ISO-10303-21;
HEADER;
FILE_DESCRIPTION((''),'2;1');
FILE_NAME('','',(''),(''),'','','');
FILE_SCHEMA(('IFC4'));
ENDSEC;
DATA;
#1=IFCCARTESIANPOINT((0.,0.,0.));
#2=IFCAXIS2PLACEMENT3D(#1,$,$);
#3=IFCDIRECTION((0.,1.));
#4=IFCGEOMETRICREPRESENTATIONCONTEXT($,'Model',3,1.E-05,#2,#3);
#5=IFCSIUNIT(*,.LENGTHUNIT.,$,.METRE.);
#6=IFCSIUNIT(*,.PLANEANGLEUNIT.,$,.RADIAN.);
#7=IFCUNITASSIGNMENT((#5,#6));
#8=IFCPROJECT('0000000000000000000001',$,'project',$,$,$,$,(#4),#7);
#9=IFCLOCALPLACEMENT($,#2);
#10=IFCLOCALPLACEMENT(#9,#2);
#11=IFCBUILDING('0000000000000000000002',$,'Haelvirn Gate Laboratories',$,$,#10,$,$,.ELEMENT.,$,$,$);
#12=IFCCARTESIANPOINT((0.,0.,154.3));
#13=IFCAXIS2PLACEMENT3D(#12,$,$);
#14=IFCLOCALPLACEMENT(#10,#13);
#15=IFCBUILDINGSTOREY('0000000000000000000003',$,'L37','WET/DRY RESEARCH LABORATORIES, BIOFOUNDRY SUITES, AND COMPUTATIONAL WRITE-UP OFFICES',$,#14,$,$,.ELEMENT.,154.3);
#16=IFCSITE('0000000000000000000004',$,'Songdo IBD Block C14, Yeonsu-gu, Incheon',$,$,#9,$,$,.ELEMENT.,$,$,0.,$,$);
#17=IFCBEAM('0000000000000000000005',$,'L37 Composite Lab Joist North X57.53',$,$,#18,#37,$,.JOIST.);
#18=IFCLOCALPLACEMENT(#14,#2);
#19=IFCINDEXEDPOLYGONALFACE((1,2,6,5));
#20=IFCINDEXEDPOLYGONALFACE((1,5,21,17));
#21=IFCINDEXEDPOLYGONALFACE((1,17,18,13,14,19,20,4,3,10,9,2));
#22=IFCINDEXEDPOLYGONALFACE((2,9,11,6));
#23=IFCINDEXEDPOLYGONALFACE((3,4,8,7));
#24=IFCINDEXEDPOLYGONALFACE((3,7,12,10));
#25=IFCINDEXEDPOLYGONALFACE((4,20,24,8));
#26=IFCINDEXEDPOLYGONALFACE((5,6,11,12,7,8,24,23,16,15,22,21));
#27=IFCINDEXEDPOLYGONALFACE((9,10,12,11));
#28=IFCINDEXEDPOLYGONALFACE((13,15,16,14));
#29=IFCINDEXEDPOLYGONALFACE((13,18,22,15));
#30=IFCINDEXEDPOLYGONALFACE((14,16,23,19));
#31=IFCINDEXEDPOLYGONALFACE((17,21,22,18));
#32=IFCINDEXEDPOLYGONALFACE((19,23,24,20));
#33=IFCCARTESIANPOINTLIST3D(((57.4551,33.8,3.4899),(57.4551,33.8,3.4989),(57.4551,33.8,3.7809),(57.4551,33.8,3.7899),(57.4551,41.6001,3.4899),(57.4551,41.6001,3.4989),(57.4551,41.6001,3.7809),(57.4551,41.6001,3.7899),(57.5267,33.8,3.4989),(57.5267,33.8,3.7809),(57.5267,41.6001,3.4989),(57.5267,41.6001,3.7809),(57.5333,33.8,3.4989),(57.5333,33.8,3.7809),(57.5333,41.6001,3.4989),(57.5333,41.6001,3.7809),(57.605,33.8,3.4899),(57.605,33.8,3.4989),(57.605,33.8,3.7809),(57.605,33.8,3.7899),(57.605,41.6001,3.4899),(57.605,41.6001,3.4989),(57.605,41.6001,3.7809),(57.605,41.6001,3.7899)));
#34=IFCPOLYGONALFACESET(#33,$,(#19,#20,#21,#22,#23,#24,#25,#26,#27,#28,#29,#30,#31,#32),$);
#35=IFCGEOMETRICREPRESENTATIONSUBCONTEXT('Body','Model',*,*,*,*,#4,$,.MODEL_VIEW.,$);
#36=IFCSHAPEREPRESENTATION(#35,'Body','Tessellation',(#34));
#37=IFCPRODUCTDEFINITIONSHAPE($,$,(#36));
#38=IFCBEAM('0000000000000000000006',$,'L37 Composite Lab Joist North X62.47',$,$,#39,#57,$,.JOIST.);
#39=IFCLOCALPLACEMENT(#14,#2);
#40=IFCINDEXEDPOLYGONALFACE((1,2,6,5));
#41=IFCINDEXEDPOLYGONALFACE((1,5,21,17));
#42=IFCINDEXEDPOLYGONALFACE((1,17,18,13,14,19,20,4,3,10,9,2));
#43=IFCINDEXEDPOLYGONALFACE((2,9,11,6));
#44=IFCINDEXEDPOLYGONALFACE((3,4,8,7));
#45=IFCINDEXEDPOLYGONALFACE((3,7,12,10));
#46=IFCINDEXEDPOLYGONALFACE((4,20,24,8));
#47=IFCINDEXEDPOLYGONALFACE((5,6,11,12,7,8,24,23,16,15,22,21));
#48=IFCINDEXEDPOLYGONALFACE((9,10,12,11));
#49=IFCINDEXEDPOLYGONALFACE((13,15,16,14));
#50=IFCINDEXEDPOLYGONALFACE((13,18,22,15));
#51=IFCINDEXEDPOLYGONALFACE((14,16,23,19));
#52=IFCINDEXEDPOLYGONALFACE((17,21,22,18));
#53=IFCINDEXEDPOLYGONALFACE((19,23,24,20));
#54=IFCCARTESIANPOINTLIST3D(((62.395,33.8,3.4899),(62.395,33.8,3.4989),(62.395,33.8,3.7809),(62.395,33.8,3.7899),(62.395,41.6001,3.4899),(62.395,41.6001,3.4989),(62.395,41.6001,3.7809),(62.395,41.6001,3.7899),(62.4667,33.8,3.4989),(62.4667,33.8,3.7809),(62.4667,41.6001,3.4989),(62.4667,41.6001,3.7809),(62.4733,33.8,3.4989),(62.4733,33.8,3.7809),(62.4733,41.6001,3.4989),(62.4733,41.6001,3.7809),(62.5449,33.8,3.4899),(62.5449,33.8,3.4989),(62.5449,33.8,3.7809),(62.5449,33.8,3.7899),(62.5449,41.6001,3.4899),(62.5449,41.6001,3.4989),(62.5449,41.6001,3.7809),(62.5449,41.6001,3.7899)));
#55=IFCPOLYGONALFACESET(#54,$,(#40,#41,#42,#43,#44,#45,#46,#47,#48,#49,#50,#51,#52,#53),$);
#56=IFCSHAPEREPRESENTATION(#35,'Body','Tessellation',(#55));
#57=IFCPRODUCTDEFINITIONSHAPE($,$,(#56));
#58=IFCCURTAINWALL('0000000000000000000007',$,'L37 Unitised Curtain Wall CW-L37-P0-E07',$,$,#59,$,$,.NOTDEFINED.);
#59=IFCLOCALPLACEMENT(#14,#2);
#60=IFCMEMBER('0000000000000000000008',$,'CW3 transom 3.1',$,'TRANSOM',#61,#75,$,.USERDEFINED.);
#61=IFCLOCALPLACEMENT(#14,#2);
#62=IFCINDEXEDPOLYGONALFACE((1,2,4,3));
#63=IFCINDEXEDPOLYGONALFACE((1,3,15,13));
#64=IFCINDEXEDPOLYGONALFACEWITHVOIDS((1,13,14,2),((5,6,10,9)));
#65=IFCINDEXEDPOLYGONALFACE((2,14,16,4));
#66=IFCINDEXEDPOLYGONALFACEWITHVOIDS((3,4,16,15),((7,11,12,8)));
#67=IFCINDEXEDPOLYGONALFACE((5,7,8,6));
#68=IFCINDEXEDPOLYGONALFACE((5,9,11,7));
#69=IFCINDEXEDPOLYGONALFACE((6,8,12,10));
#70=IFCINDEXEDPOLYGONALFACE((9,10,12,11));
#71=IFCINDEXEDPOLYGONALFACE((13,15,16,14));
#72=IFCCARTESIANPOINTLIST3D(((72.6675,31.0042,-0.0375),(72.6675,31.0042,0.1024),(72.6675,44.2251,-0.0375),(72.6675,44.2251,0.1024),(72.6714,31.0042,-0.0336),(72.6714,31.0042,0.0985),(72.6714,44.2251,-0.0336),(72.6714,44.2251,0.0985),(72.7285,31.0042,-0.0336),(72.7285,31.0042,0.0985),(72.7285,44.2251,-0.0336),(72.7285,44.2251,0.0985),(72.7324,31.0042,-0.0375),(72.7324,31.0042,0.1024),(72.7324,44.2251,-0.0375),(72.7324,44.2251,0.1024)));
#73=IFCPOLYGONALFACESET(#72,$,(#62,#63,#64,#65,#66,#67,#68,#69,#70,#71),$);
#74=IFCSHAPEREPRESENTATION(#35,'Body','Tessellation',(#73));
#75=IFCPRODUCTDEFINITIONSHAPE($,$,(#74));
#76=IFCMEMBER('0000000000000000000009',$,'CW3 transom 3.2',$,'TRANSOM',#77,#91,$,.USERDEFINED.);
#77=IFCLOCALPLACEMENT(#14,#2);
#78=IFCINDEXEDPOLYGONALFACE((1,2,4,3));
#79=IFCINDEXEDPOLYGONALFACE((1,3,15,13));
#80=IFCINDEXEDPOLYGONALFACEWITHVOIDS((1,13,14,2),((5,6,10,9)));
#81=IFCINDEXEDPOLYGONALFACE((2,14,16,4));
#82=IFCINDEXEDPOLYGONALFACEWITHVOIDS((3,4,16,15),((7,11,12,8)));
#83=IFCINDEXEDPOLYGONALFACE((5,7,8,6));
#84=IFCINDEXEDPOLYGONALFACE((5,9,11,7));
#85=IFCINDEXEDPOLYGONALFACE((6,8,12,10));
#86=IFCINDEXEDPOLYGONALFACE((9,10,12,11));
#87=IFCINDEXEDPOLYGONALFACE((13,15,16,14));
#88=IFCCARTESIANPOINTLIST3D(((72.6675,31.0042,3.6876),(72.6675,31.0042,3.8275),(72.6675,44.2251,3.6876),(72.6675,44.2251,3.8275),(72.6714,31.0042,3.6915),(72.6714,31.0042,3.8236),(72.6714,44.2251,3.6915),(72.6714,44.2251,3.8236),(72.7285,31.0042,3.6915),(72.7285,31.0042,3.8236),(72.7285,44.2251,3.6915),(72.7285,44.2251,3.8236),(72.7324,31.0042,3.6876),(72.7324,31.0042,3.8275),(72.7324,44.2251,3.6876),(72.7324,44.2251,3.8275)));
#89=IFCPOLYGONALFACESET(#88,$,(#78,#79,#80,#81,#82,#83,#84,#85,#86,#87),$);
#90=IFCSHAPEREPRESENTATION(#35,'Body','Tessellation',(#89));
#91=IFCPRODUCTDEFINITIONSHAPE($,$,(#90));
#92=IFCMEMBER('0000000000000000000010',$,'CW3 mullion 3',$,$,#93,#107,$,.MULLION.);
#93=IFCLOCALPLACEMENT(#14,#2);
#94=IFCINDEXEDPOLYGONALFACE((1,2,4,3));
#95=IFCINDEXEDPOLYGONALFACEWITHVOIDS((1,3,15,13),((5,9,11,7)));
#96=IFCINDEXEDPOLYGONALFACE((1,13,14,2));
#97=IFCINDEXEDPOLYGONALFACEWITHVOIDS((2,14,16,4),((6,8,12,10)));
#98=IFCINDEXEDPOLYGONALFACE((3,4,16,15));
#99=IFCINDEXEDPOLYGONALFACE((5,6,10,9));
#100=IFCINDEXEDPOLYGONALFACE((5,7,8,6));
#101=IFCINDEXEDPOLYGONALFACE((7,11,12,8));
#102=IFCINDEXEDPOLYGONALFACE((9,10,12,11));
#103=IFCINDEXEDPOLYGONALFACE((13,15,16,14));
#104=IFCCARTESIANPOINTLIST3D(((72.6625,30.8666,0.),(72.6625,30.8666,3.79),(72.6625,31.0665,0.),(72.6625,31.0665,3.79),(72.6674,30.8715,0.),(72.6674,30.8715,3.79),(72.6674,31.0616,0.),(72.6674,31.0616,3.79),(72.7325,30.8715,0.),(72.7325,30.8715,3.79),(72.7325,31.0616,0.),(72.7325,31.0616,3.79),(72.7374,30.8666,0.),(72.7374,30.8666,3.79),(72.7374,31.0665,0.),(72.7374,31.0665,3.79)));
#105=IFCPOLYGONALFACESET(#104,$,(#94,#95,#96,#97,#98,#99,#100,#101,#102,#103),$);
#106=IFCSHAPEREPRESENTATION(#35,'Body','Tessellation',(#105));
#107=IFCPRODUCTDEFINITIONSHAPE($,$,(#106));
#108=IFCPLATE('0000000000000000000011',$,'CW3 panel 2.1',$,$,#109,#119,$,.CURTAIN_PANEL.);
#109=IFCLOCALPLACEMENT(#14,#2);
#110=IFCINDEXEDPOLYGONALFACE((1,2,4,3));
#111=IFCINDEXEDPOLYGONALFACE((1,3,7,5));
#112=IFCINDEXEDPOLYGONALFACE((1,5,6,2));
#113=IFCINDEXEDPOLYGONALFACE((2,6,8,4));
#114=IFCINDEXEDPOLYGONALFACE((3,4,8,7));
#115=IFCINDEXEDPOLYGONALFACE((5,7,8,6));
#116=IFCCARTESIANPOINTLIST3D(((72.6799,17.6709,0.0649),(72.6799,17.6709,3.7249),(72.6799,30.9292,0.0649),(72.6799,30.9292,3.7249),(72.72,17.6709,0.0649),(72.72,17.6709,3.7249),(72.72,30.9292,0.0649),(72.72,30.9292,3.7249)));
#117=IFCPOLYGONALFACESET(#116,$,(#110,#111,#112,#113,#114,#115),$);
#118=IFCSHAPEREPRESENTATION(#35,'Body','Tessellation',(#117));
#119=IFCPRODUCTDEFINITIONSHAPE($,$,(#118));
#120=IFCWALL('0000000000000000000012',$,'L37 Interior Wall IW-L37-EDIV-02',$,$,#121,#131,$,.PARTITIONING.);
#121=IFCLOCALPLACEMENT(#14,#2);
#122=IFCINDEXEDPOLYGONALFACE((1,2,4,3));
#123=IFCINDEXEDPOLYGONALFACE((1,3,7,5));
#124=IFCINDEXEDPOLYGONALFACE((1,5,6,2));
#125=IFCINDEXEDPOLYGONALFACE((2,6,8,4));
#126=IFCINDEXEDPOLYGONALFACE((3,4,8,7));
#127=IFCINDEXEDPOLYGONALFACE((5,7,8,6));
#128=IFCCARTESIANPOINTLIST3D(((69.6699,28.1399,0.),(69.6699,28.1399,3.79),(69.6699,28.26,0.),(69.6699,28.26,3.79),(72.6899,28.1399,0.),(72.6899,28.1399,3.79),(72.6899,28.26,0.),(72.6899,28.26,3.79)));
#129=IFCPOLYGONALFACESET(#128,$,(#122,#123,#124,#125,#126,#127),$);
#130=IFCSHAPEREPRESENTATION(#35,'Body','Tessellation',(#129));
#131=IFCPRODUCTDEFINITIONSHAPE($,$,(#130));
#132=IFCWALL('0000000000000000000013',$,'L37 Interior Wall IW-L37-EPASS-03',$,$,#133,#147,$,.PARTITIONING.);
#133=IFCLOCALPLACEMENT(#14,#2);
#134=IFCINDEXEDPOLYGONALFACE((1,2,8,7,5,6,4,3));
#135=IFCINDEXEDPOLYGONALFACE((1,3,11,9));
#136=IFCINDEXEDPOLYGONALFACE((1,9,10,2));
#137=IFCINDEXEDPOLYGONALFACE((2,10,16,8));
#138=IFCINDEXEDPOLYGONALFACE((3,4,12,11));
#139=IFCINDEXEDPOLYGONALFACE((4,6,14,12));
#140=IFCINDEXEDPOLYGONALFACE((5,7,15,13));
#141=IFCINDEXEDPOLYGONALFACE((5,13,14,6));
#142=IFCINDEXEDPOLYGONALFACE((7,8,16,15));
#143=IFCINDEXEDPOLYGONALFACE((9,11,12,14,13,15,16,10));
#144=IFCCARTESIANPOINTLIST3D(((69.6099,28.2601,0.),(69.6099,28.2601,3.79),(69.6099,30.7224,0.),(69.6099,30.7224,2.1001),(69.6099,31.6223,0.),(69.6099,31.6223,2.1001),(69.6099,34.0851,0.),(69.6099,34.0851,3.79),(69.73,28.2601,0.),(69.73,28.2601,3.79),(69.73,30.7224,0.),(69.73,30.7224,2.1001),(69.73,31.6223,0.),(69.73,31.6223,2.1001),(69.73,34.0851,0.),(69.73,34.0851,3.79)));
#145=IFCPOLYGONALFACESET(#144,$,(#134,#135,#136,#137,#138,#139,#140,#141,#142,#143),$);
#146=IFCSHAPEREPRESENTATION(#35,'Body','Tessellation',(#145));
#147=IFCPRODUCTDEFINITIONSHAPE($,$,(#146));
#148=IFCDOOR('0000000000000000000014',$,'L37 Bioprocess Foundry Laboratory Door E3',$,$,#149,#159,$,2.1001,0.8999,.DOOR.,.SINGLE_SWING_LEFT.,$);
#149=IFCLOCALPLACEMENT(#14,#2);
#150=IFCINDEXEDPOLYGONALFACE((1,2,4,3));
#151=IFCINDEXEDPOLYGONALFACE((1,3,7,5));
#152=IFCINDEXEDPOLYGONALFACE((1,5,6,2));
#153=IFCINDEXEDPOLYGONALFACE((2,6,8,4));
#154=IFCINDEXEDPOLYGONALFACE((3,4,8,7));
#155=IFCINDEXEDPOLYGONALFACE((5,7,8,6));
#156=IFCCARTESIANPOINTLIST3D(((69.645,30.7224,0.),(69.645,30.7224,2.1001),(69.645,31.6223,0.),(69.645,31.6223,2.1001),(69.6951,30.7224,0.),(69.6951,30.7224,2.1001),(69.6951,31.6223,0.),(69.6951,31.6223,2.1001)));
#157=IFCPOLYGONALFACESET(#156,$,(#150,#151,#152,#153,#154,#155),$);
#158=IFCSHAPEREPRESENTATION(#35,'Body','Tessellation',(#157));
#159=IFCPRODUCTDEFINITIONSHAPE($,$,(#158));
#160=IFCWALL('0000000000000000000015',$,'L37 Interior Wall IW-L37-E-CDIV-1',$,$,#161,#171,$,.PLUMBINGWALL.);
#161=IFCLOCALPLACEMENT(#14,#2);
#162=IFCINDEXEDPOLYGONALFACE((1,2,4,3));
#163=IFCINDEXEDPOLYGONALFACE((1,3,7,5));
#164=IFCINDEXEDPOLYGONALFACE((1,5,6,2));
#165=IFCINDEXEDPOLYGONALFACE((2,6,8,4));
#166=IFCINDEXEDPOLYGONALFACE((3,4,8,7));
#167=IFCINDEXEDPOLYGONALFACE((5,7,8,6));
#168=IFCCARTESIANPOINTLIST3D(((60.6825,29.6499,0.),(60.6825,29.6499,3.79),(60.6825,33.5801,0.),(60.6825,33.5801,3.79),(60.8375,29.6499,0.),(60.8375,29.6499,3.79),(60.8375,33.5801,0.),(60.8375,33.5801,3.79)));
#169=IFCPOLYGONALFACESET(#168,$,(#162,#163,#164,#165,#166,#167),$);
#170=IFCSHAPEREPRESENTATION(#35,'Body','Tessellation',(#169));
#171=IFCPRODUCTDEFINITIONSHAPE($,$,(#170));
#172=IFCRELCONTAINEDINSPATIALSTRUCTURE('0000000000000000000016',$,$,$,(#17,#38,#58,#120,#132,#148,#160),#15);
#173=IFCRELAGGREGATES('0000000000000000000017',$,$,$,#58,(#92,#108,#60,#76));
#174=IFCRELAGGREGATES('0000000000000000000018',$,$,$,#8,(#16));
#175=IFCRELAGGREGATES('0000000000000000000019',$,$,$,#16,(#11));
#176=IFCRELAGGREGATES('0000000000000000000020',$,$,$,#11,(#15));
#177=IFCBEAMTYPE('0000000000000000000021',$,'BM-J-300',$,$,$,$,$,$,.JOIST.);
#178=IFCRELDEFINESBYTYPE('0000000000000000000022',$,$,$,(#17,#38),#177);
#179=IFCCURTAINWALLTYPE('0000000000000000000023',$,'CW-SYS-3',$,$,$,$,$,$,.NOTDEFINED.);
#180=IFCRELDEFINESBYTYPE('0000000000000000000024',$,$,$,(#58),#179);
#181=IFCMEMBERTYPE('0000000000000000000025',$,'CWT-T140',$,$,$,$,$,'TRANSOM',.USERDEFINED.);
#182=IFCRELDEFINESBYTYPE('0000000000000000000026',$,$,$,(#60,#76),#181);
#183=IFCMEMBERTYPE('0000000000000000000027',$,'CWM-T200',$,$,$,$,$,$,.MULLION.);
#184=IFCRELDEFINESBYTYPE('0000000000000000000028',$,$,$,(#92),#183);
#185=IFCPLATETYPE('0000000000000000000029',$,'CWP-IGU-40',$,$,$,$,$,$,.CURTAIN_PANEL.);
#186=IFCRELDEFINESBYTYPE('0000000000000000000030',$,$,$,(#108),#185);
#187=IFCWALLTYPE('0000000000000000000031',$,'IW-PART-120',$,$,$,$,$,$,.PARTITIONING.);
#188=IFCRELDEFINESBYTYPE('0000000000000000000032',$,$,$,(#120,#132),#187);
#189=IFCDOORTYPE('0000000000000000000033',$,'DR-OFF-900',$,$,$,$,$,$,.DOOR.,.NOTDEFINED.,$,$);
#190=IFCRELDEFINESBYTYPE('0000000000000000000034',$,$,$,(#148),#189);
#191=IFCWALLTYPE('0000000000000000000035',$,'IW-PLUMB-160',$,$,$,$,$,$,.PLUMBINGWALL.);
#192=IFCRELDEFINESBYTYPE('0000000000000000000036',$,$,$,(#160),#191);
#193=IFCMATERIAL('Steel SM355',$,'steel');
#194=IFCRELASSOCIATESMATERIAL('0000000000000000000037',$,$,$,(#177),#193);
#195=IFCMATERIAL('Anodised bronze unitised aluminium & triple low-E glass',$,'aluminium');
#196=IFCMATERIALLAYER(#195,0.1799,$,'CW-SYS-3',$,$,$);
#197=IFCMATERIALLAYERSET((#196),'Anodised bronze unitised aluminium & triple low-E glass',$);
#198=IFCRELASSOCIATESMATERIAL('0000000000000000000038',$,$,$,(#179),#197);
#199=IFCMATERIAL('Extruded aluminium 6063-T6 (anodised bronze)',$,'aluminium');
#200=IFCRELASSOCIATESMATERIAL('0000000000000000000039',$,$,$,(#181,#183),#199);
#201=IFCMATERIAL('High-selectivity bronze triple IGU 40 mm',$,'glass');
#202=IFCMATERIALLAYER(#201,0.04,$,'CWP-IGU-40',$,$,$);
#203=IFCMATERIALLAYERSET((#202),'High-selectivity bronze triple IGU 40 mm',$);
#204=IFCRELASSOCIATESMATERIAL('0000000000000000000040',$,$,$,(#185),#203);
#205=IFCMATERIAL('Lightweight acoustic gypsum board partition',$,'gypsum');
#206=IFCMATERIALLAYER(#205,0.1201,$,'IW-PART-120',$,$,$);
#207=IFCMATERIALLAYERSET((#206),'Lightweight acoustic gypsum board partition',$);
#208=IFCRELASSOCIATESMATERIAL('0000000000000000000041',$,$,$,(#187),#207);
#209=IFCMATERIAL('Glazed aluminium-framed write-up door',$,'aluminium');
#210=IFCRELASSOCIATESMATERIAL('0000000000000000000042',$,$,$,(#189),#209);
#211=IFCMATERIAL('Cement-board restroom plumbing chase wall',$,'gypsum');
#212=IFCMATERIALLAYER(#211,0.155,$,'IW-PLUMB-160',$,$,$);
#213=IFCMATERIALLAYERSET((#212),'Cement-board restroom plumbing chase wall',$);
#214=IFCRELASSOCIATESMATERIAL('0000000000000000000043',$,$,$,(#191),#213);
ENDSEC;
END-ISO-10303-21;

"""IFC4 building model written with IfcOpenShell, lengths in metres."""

from ifc_helpers import new_model, si_unit, direction, frame, frame_2d, origin, origin_2d, place, context, subcontext, project, spatial, rectangle, hollow_rectangle, i_section, extrude, source, transform, mapped, material, layer, layer_set, material_profile, profile_set, type_object, type_shapes, element, fill, aggregate, save


model = new_model("IFC4")

# Units and contexts
model_context = context("Model", 3, precision=1e-05, world=origin(), true_north=direction((0.0, 1.0)))
body_context = subcontext(model_context, "Body", "Model", "MODEL_VIEW")
ifc_project = project(units=[si_unit("LENGTHUNIT", "METRE"), si_unit("PLANEANGLEUNIT", "RADIAN")], contexts=[model_context])

# Site, building, storey
site_placement = place(None, origin())
site = spatial("IfcSite", under=ifc_project, at=site_placement, Name="Songdo IBD Block C14, Yeonsu-gu, Incheon", CompositionType="ELEMENT", RefElevation=0.0)
building_placement = place(site_placement, origin())
building = spatial("IfcBuilding", under=site, at=building_placement, Name="Haelvirn Gate Laboratories", CompositionType="ELEMENT")
storey_placement = place(building_placement, frame((0.0, 0.0, 154.3)))
storey = spatial("IfcBuildingStorey", under=building, at=storey_placement, Name="L37", Description="WET/DRY RESEARCH LABORATORIES, BIOFOUNDRY SUITES, AND COMPUTATIONAL WRITE-UP OFFICES", CompositionType="ELEMENT", Elevation=154.3)

# Beams
ifc_material_1 = material(Name="Steel SM355", Category="steel")
ifc_material_profile_1 = material_profile(ifc_material_1, i_section(OverallWidth=0.1499, OverallDepth=0.3, WebThickness=0.0066, FlangeThickness=0.009, at=origin_2d()), Name="H-300x150x6.5x9")
ifc_profile_set_1 = profile_set([ifc_material_profile_1], Name="Steel SM355")
beam_type = type_object("IfcBeamType", Name="BM-J-300", PredefinedType="JOIST", material=ifc_profile_set_1)
shared_shape_1 = source(origin(), body_context, "Body", "SweptSolid", [
    extrude(i_section(OverallWidth=0.1499, OverallDepth=0.3, WebThickness=0.0066, FlangeThickness=0.009, at=origin_2d()), origin(), (0.0, 0.0, 1.0), 7.8),
])
type_shapes(beam_type, [shared_shape_1])
for number, where, z_axis, x_axis, name in (
    (1, (57.53, 33.8, 3.6399), (0.0, 1.0, 0.0), (-1.0, 0.0, 0.0), "L37 Composite Lab Joist North X57.53"),
    (2, (62.47, 33.8, 3.6399), (0.0, 1.0, 0.0), (-1.0, 0.0, 0.0), "L37 Composite Lab Joist North X62.47"),
):
    element("IfcBeam", number, at=place(storey_placement, frame(where, z_axis=z_axis, x_axis=x_axis)), inside=storey, type_object=beam_type, Name=name, PredefinedType="JOIST", context=body_context, shape_type="MappedRepresentation", body=[
        mapped(shared_shape_1, transform((0.0, 0.0, 0.0), scale=1.0)),
    ])

# Curtain wall, members, plate
ifc_material_2 = material(Name="Anodised bronze unitised aluminium & triple low-E glass", Category="aluminium")
ifc_layer_1 = layer(ifc_material_2, 0.1799, Name="CW-SYS-3")
ifc_layer_set_1 = layer_set([ifc_layer_1], Name="Anodised bronze unitised aluminium & triple low-E glass")
curtain_wall_type = type_object("IfcCurtainWallType", Name="CW-SYS-3", PredefinedType="NOTDEFINED", material=ifc_layer_set_1)
curtain_wall_placement = place(storey_placement, origin())
curtain_wall = element("IfcCurtainWall", 3, at=curtain_wall_placement, inside=storey, type_object=curtain_wall_type, Name="L37 Unitised Curtain Wall CW-L37-P0-E07", PredefinedType="NOTDEFINED")
ifc_material_3 = material(Name="Extruded aluminium 6063-T6 (anodised bronze)", Category="aluminium")
ifc_material_profile_2 = material_profile(ifc_material_3, hollow_rectangle(XDim=0.0649, YDim=0.1399, WallThickness=0.0039, at=origin_2d()), Name="CWT-140x65x4")
ifc_profile_set_2 = profile_set([ifc_material_profile_2], Name="Extruded aluminium 6063-T6 (anodised bronze)")
member_type_1 = type_object("IfcMemberType", Name="CWT-T140", ElementType="TRANSOM", PredefinedType="USERDEFINED", material=ifc_profile_set_2)
shared_shape_2 = source(origin(), body_context, "Body", "SweptSolid", [
    extrude(hollow_rectangle(XDim=0.0649, YDim=0.1399, WallThickness=0.0039, at=origin_2d()), origin(), (0.0, 0.0, 1.0), 13.2209),
])
type_shapes(member_type_1, [shared_shape_2])
member_1_placement = place(storey_placement, frame((72.7, 31.0042, 0.0325), z_axis=(0.0, 1.0, 0.0), x_axis=(-1.0, 0.0, 0.0)))
member_1 = element("IfcMember", 4, at=member_1_placement, type_object=member_type_1, Name="CW3 transom 3.1", ObjectType="TRANSOM", PredefinedType="USERDEFINED", context=body_context, shape_type="MappedRepresentation", body=[
    mapped(shared_shape_2, transform((0.0, 0.0, 0.0), scale=1.0)),
])
member_2_placement = place(storey_placement, frame((72.7, 31.0042, 3.7576), z_axis=(0.0, 1.0, 0.0), x_axis=(-1.0, 0.0, 0.0)))
member_2 = element("IfcMember", 5, at=member_2_placement, type_object=member_type_1, Name="CW3 transom 3.2", ObjectType="TRANSOM", PredefinedType="USERDEFINED", context=body_context, shape_type="MappedRepresentation", body=[
    mapped(shared_shape_2, transform((0.0, 0.0, 0.0), scale=1.0)),
])
ifc_material_profile_3 = material_profile(ifc_material_3, hollow_rectangle(XDim=0.075, YDim=0.2, WallThickness=0.0049, at=origin_2d()), Name="CWM-200x75x5")
ifc_profile_set_3 = profile_set([ifc_material_profile_3], Name="Extruded aluminium 6063-T6 (anodised bronze)")
member_type_2 = type_object("IfcMemberType", Name="CWM-T200", PredefinedType="MULLION", material=ifc_profile_set_3)
shared_shape_3 = source(origin(), body_context, "Body", "SweptSolid", [
    extrude(hollow_rectangle(XDim=0.075, YDim=0.2, WallThickness=0.0049, at=origin_2d()), origin(), (0.0, 0.0, 1.0), 3.79),
])
type_shapes(member_type_2, [shared_shape_3])
member_3_placement = place(storey_placement, frame((72.7, 30.9666, 0.0), z_axis=(0.0, 0.0, 1.0), x_axis=(-1.0, 0.0, 0.0)))
member_3 = element("IfcMember", 6, at=member_3_placement, type_object=member_type_2, Name="CW3 mullion 3", PredefinedType="MULLION", context=body_context, shape_type="MappedRepresentation", body=[
    mapped(shared_shape_3, transform((0.0, 0.0, 0.0), scale=1.0)),
])
ifc_material_4 = material(Name="High-selectivity bronze triple IGU 40 mm", Category="glass")
ifc_layer_2 = layer(ifc_material_4, 0.04, Name="CWP-IGU-40")
ifc_layer_set_2 = layer_set([ifc_layer_2], Name="High-selectivity bronze triple IGU 40 mm")
plate_type = type_object("IfcPlateType", Name="CWP-IGU-40", PredefinedType="CURTAIN_PANEL", material=ifc_layer_set_2)
shared_shape_4 = source(origin(), body_context, "Body", "SweptSolid", [
    extrude(rectangle(XDim=13.2583, YDim=0.04, at=origin_2d()), origin(), (0.0, 0.0, 1.0), 3.6599),
])
type_shapes(plate_type, [shared_shape_4])
plate_placement = place(storey_placement, frame((72.7, 24.3, 0.0649), z_axis=(0.0, 0.0, 1.0), x_axis=(0.0, 1.0, 0.0)))
plate = element("IfcPlate", 7, at=plate_placement, type_object=plate_type, Name="CW3 panel 2.1", PredefinedType="CURTAIN_PANEL", context=body_context, shape_type="MappedRepresentation", body=[
    mapped(shared_shape_4, transform((0.0, 0.0, 0.0), scale=1.0)),
])
aggregate(curtain_wall, [member_3, plate, member_1, member_2])

# Wall
ifc_material_5 = material(Name="Lightweight acoustic gypsum board partition", Category="gypsum")
ifc_layer_3 = layer(ifc_material_5, 0.1201, Name="IW-PART-120")
ifc_layer_set_3 = layer_set([ifc_layer_3], Name="Lightweight acoustic gypsum board partition")
wall_type_1 = type_object("IfcWallType", Name="IW-PART-120", PredefinedType="PARTITIONING", material=ifc_layer_set_3)
wall_1_placement = place(storey_placement, frame((69.6699, 28.2, 0.0), z_axis=(0.0, 0.0, 1.0), x_axis=(1.0, 0.0, 0.0)))
element("IfcWall", 8, at=wall_1_placement, inside=storey, type_object=wall_type_1, Name="L37 Interior Wall IW-L37-EDIV-02", PredefinedType="PARTITIONING", context=body_context, shape_type="SweptSolid", body=[
    extrude(rectangle(XDim=3.02, YDim=0.1201, at=frame_2d((1.51, 0.0))), origin(), (0.0, 0.0, 1.0), 3.79),
])

# Wall, opening, door
wall_2_placement = place(storey_placement, frame((69.6699, 28.26, 0.0), z_axis=(0.0, 0.0, 1.0), x_axis=(0.0, 1.0, 0.0)))
wall_2 = element("IfcWall", 9, at=wall_2_placement, inside=storey, type_object=wall_type_1, Name="L37 Interior Wall IW-L37-EPASS-03", PredefinedType="PARTITIONING", context=body_context, shape_type="SweptSolid", body=[
    extrude(rectangle(XDim=5.825, YDim=0.1201, at=frame_2d((2.9126, 0.0))), origin(), (0.0, 0.0, 1.0), 3.79),
])
opening_1_placement = place(wall_2_placement, frame((2.4624, 0.0, 0.0)))
opening_1 = element("IfcOpeningElement", 10, at=opening_1_placement, cuts=wall_2, PredefinedType="OPENING", context=body_context, shape_type="SweptSolid", body=[
    extrude(rectangle(XDim=0.8999, YDim=2.1001, at=frame_2d((0.45, 1.05))), frame((0.0, 0.0701, 0.0), z_axis=(0.0, -1.0, 0.0), x_axis=(1.0, 0.0, 0.0)), (0.0, 0.0, 1.0), 0.1401),
])
ifc_material_6 = material(Name="Glazed aluminium-framed write-up door", Category="aluminium")
door_type_1 = type_object("IfcDoorType", Name="DR-OFF-900", OperationType="NOTDEFINED", PredefinedType="DOOR", material=ifc_material_6)
shared_shape_5 = source(origin(), body_context, "Body", "SweptSolid", [
    extrude(rectangle(XDim=0.8999, YDim=2.1001, at=frame_2d((0.45, 1.05))), frame((0.0, 0.0249, 0.0), z_axis=(0.0, -1.0, 0.0), x_axis=(1.0, 0.0, 0.0)), (0.0, 0.0, 1.0), 0.05),
])
type_shapes(door_type_1, [shared_shape_5])
door_1_placement = place(opening_1_placement, origin())
door_1 = element("IfcDoor", 11, at=door_1_placement, inside=storey, type_object=door_type_1, Name="L37 Bioprocess Foundry Laboratory Door E3", OperationType="SINGLE_SWING_LEFT", OverallHeight=2.1001, OverallWidth=0.8999, PredefinedType="DOOR", context=body_context, shape_type="MappedRepresentation", body=[
    mapped(shared_shape_5, transform((0.0, 0.0, 0.0), scale=1.0)),
])
fill(opening_1, door_1)

# Wall
ifc_material_7 = material(Name="Cement-board restroom plumbing chase wall", Category="gypsum")
ifc_layer_4 = layer(ifc_material_7, 0.155, Name="IW-PLUMB-160")
ifc_layer_set_4 = layer_set([ifc_layer_4], Name="Cement-board restroom plumbing chase wall")
wall_type_2 = type_object("IfcWallType", Name="IW-PLUMB-160", PredefinedType="PLUMBINGWALL", material=ifc_layer_set_4)
for number, where, z_axis, x_axis, name in (
    (12, (60.76, 29.6499, 0.0), (0.0, 0.0, 1.0), (0.0, 1.0, 0.0), "L37 Interior Wall IW-L37-E-CDIV-1"),
):
    element("IfcWall", number, at=place(storey_placement, frame(where, z_axis=z_axis, x_axis=x_axis)), inside=storey, type_object=wall_type_2, Name=name, PredefinedType="PLUMBINGWALL", context=body_context, shape_type="SweptSolid", body=[
        extrude(rectangle(XDim=3.9302, YDim=0.155, at=frame_2d((1.9651, 0.0))), origin(), (0.0, 0.0, 1.0), 3.79),
    ])

save(model, "model.ifc")
